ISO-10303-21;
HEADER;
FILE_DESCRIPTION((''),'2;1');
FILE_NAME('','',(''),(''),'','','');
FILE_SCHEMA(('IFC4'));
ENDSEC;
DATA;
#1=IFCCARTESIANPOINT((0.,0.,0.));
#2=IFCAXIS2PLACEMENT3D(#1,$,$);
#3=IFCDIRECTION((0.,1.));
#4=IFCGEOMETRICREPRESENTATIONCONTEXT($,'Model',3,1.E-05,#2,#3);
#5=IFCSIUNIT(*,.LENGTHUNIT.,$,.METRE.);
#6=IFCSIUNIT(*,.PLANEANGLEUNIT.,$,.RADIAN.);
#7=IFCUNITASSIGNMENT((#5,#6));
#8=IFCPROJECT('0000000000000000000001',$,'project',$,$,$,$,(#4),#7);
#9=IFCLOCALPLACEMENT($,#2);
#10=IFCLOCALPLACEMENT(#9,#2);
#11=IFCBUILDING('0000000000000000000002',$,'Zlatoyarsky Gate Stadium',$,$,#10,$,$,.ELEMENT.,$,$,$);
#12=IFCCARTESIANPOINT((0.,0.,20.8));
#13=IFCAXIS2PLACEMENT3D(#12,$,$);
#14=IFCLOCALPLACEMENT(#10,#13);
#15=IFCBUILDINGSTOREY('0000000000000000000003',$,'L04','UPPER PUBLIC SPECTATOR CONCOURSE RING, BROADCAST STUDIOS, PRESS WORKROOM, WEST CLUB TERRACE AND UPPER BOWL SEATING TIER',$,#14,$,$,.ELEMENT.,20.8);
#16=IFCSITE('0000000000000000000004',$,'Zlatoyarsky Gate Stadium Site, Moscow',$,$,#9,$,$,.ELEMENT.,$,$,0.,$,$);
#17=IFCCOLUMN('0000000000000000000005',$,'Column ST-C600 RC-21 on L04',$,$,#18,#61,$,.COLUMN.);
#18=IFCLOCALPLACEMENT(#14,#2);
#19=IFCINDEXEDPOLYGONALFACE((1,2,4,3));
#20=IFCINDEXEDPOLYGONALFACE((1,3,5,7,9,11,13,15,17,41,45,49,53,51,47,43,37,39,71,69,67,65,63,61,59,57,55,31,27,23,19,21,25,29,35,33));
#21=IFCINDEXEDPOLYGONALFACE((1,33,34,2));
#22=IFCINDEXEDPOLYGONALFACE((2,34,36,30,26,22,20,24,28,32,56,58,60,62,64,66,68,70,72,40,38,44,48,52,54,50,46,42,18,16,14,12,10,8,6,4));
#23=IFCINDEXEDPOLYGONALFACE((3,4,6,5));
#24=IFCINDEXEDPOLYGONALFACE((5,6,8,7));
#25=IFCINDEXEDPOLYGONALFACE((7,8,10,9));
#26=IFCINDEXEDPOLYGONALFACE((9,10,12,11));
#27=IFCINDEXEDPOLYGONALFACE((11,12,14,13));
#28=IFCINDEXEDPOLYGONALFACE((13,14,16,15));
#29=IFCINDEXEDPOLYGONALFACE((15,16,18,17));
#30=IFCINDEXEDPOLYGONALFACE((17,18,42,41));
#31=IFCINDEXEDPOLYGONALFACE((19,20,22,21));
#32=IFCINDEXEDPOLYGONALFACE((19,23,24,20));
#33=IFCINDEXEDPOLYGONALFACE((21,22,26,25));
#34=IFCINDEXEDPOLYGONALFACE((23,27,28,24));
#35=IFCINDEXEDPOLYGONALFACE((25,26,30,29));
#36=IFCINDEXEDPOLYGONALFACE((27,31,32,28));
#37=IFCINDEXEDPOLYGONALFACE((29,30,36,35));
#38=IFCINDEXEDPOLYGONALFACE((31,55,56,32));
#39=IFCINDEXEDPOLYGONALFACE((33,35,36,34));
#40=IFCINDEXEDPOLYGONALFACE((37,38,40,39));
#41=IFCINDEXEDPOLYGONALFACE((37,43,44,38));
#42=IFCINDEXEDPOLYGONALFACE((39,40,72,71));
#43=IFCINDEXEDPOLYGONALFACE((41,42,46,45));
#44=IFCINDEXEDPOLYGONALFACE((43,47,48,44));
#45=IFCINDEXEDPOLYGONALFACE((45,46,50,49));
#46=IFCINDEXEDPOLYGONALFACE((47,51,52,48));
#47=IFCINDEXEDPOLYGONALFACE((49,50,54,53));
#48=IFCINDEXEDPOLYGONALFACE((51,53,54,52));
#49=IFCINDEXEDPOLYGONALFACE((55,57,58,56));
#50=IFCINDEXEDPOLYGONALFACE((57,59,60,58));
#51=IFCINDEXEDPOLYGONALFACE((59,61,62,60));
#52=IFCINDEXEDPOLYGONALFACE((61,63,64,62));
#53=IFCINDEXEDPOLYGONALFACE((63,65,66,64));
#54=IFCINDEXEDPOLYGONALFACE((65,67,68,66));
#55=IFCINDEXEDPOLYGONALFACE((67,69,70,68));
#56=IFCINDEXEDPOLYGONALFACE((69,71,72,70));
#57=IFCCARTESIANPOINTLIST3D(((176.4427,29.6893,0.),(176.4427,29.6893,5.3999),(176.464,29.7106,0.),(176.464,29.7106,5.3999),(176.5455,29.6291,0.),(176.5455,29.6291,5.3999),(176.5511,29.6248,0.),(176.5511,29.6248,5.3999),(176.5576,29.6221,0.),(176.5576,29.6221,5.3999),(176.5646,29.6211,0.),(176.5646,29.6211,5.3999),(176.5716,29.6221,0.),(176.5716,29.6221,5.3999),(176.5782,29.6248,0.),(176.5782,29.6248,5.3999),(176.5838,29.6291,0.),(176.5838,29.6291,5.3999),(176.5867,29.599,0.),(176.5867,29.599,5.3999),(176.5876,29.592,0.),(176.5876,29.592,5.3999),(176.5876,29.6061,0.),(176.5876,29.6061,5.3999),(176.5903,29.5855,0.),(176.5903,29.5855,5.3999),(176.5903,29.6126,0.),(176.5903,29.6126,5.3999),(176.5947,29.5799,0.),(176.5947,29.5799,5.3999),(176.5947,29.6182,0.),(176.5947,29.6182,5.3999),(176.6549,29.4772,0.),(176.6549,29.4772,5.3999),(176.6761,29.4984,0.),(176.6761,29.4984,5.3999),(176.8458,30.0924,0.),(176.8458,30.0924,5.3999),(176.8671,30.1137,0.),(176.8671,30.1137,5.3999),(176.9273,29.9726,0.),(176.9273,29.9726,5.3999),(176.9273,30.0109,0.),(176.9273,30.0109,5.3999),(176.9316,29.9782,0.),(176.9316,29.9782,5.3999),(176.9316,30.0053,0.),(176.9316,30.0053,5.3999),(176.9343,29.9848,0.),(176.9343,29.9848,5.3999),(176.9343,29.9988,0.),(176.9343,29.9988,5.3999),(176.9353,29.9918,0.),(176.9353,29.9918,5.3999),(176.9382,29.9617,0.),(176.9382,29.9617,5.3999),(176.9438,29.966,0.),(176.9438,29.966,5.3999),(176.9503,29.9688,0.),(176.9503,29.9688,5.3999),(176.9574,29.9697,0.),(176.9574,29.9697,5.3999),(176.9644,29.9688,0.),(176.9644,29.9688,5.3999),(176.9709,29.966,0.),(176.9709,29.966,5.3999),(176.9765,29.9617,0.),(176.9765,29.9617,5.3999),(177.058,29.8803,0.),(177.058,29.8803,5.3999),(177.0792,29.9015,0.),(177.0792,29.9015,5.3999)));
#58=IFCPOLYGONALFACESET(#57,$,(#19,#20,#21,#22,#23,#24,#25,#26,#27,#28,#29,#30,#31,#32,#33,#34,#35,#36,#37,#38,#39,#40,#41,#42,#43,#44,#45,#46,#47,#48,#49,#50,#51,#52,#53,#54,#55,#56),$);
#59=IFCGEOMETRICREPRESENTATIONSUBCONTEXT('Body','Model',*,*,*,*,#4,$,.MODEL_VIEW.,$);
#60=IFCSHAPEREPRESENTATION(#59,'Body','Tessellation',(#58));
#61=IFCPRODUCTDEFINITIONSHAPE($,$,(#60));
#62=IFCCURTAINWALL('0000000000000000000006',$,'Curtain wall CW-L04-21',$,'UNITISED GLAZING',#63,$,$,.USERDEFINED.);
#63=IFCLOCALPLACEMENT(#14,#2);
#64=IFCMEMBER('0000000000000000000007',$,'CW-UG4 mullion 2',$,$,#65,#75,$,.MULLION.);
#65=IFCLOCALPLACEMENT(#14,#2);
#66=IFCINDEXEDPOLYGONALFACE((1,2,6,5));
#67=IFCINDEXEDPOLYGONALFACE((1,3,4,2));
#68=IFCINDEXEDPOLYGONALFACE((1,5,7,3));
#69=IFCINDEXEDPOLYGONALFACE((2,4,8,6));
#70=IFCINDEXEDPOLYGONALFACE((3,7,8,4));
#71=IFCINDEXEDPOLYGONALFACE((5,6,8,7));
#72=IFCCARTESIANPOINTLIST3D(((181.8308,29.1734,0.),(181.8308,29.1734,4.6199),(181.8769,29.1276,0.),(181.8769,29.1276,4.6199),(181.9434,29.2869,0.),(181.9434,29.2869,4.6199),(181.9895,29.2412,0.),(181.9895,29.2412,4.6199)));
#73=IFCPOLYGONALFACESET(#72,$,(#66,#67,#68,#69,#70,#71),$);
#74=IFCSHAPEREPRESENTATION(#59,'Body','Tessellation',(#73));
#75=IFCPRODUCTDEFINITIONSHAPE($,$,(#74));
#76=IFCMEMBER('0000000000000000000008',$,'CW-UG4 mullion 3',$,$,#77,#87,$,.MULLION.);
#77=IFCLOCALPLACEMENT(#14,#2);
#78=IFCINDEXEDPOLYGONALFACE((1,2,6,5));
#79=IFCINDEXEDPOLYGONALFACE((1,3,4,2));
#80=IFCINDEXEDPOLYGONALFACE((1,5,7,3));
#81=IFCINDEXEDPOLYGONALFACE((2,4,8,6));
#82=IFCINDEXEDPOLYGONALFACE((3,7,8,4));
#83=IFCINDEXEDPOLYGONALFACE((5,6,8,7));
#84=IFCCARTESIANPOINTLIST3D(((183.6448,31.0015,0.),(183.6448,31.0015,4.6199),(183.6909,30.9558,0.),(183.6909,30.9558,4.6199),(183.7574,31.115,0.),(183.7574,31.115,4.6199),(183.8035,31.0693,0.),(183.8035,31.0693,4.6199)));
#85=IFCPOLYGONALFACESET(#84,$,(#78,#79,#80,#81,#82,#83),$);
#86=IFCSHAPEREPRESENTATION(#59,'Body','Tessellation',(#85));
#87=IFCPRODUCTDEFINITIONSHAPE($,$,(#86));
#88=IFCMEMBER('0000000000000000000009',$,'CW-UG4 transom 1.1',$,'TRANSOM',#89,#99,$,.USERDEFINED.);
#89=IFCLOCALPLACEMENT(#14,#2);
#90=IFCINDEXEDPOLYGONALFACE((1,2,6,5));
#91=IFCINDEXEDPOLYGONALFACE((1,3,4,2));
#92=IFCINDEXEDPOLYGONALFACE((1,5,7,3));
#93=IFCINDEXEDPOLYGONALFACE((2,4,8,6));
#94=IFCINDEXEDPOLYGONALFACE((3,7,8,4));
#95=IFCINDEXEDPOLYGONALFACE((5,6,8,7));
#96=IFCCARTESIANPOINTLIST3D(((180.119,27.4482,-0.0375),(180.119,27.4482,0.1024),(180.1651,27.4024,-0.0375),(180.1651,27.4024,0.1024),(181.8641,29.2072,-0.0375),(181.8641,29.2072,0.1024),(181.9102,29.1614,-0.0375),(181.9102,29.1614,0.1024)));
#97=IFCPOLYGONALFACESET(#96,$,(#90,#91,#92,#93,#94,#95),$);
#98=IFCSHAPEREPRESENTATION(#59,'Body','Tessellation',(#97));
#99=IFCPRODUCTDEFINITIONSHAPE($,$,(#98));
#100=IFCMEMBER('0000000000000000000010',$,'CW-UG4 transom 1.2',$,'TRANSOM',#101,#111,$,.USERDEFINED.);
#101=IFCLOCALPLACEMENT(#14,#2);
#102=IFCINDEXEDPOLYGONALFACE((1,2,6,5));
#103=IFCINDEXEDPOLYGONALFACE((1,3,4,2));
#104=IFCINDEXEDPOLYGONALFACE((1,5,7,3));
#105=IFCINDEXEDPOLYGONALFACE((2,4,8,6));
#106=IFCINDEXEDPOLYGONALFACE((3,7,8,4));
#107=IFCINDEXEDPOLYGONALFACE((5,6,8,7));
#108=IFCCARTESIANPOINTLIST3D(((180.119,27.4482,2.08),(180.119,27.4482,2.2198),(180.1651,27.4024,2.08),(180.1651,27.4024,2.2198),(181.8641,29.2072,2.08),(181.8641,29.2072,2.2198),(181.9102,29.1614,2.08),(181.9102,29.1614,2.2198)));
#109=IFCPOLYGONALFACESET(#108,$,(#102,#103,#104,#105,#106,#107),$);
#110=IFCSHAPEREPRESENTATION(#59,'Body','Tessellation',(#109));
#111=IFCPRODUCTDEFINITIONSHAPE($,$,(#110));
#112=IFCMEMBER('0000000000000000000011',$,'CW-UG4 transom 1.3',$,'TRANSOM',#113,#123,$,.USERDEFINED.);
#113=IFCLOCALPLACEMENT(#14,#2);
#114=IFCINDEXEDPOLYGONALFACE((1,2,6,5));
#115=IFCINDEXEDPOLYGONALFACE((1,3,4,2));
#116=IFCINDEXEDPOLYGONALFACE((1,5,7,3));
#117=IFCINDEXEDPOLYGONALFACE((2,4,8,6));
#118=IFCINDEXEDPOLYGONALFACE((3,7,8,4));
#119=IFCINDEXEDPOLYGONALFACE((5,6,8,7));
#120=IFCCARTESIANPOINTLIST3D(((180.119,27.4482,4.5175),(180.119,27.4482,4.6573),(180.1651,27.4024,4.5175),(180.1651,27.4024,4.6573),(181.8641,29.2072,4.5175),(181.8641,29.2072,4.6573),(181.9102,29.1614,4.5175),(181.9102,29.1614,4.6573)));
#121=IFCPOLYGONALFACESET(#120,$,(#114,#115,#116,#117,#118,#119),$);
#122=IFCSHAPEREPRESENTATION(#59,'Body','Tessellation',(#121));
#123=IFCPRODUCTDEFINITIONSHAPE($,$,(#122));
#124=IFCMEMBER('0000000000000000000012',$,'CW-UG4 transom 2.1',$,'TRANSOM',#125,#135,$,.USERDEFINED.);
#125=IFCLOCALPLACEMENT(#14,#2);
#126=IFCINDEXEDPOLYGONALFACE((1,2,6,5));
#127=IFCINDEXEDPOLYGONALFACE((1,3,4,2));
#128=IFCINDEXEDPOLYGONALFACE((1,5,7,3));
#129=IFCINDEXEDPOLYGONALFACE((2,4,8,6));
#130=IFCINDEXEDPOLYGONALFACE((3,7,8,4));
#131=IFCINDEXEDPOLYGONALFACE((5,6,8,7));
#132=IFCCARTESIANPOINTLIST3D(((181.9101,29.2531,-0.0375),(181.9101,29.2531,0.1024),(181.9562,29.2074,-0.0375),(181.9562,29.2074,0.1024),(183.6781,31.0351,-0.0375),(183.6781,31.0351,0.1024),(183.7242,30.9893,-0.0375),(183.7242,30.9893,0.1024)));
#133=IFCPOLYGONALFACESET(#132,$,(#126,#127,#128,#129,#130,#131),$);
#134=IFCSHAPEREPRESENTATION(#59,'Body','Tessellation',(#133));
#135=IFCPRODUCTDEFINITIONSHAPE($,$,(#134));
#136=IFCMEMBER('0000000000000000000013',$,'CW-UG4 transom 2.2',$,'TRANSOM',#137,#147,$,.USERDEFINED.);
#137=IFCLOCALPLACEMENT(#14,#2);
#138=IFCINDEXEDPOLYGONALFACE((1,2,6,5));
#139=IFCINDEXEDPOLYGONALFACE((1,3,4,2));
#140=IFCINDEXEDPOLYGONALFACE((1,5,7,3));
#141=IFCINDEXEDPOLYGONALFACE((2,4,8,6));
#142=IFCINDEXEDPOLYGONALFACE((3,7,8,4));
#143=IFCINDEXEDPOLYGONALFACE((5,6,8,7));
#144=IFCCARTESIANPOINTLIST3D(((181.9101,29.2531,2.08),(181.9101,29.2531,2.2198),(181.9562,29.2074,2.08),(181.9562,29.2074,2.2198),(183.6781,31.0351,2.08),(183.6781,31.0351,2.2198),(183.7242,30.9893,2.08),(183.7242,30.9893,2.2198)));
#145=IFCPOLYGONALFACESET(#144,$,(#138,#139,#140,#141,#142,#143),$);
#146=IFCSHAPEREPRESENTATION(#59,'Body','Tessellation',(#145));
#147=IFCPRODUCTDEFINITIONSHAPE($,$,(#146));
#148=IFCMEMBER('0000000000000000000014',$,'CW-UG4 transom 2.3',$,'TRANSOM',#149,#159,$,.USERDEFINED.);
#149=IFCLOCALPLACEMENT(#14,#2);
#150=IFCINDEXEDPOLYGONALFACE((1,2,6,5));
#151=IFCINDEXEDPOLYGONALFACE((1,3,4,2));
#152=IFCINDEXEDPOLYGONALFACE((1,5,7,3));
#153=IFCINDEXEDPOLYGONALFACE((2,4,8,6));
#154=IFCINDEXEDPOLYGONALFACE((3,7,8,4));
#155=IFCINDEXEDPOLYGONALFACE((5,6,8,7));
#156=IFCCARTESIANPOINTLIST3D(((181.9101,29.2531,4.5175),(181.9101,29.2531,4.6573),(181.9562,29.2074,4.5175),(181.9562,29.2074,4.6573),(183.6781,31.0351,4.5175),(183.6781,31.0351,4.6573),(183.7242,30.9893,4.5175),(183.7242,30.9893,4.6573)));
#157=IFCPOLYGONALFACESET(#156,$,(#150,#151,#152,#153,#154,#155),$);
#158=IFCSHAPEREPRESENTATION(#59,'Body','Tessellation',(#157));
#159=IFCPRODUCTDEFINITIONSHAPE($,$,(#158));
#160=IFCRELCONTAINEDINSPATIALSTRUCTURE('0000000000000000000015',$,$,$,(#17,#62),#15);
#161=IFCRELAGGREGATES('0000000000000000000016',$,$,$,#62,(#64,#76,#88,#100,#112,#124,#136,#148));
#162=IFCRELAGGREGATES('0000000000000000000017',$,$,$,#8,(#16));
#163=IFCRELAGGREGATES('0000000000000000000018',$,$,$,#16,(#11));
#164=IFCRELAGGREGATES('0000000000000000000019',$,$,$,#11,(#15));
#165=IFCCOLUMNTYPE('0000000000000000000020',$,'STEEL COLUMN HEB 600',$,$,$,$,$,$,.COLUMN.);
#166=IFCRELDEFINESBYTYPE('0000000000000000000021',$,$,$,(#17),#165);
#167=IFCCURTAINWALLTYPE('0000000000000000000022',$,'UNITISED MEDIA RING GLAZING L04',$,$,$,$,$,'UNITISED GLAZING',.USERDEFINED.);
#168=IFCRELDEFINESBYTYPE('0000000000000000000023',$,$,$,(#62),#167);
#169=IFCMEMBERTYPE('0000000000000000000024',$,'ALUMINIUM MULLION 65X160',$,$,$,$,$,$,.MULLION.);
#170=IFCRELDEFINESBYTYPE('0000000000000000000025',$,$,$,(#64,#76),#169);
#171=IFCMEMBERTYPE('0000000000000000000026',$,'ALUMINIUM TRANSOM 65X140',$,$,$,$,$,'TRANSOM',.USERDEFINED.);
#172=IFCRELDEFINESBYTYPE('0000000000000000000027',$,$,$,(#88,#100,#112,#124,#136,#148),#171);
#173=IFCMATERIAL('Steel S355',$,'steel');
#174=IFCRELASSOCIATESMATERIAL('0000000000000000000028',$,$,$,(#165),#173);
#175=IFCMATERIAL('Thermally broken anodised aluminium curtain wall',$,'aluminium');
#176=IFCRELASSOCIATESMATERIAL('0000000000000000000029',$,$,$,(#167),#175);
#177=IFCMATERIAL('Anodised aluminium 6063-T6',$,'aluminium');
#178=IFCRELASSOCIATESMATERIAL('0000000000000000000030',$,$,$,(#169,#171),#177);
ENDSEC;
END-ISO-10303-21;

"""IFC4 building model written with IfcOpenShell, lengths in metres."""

from ifc_helpers import new_model, si_unit, direction, frame, origin, origin_2d, place, context, subcontext, project, spatial, rectangle, i_section, extrude, material, material_profile, profile_set, type_object, element, aggregate, save


model = new_model("IFC4")

# Units and contexts
model_context = context("Model", 3, precision=1e-05, world=origin(), true_north=direction((0.0, 1.0)))
body_context = subcontext(model_context, "Body", "Model", "MODEL_VIEW")
ifc_project = project(units=[si_unit("LENGTHUNIT", "METRE"), si_unit("PLANEANGLEUNIT", "RADIAN")], contexts=[model_context])

# Site, building, storey
site_placement = place(None, origin())
site = spatial("IfcSite", under=ifc_project, at=site_placement, Name="Zlatoyarsky Gate Stadium Site, Moscow", CompositionType="ELEMENT", RefElevation=0.0)
building_placement = place(site_placement, origin())
building = spatial("IfcBuilding", under=site, at=building_placement, Name="Zlatoyarsky Gate Stadium", CompositionType="ELEMENT")
storey_placement = place(building_placement, frame((0.0, 0.0, 20.8)))
storey = spatial("IfcBuildingStorey", under=building, at=storey_placement, Name="L04", Description="UPPER PUBLIC SPECTATOR CONCOURSE RING, BROADCAST STUDIOS, PRESS WORKROOM, WEST CLUB TERRACE AND UPPER BOWL SEATING TIER", CompositionType="ELEMENT", Elevation=20.8)

# Column
ifc_material_1 = material(Name="Steel S355", Category="steel")
ifc_material_profile_1 = material_profile(ifc_material_1, i_section(OverallWidth=0.3, OverallDepth=0.6001, WebThickness=0.0154, FlangeThickness=0.03, FilletRadius=0.0271, at=origin_2d()), Name="HEB 600")
ifc_profile_set_1 = profile_set([ifc_material_profile_1], Name="Steel S355")
column_type = type_object("IfcColumnType", Name="STEEL COLUMN HEB 600", PredefinedType="COLUMN", material=ifc_profile_set_1)
column_placement = place(storey_placement, frame((176.761, 29.7954, 0.0), z_axis=(0.0, 0.0, 1.0), x_axis=(0.707107, -0.707107, 0.0)))
element("IfcColumn", 1, at=column_placement, inside=storey, type_object=column_type, Name="Column ST-C600 RC-21 on L04", PredefinedType="COLUMN", context=body_context, shape_type="SweptSolid", body=[
    extrude(i_section(OverallWidth=0.3, OverallDepth=0.6001, WebThickness=0.0154, FlangeThickness=0.03, FilletRadius=0.0271, at=origin_2d()), origin(), (0.0, 0.0, 1.0), 5.3999),
])

# Curtain wall, members
ifc_material_2 = material(Name="Thermally broken anodised aluminium curtain wall", Category="aluminium")
curtain_wall_type = type_object("IfcCurtainWallType", Name="UNITISED MEDIA RING GLAZING L04", ElementType="UNITISED GLAZING", PredefinedType="USERDEFINED", material=ifc_material_2)
curtain_wall_placement = place(storey_placement, origin())
curtain_wall = element("IfcCurtainWall", 2, at=curtain_wall_placement, inside=storey, type_object=curtain_wall_type, Name="Curtain wall CW-L04-21", ObjectType="UNITISED GLAZING", PredefinedType="USERDEFINED")
ifc_material_3 = material(Name="Anodised aluminium 6063-T6", Category="aluminium")
ifc_material_profile_2 = material_profile(ifc_material_3, rectangle(XDim=0.0649, YDim=0.1599, at=origin_2d()), Name="ALU 65X160")
ifc_profile_set_2 = profile_set([ifc_material_profile_2], Name="Anodised aluminium 6063-T6")
member_type_1 = type_object("IfcMemberType", Name="ALUMINIUM MULLION 65X160", PredefinedType="MULLION", material=ifc_profile_set_2)
member_1_placement = place(storey_placement, frame((181.9102, 29.2073, 0.0), z_axis=(0.0, 0.0, 1.0), x_axis=(-0.709871, 0.704332, 0.0)))
member_1 = element("IfcMember", 3, at=member_1_placement, type_object=member_type_1, Name="CW-UG4 mullion 2", PredefinedType="MULLION", context=body_context, shape_type="SweptSolid", body=[
    extrude(rectangle(XDim=0.0649, YDim=0.1599, at=origin_2d()), origin(), (0.0, 0.0, 1.0), 4.6199),
])
member_2_placement = place(storey_placement, frame((183.7241, 31.0354, 0.0), z_axis=(0.0, 0.0, 1.0), x_axis=(-0.709871, 0.704332, 0.0)))
member_2 = element("IfcMember", 4, at=member_2_placement, type_object=member_type_1, Name="CW-UG4 mullion 3", PredefinedType="MULLION", context=body_context, shape_type="SweptSolid", body=[
    extrude(rectangle(XDim=0.0649, YDim=0.1599, at=origin_2d()), origin(), (0.0, 0.0, 1.0), 4.6199),
])
ifc_material_profile_3 = material_profile(ifc_material_3, rectangle(XDim=0.0649, YDim=0.1399, at=origin_2d()), Name="ALU 65X140")
ifc_profile_set_3 = profile_set([ifc_material_profile_3], Name="Anodised aluminium 6063-T6")
member_type_2 = type_object("IfcMemberType", Name="ALUMINIUM TRANSOM 65X140", ElementType="TRANSOM", PredefinedType="USERDEFINED", material=ifc_profile_set_3)
member_3_placement = place(storey_placement, frame((180.1421, 27.4253, 0.0325), z_axis=(0.704293, 0.709909, 0.0), x_axis=(-0.709909, 0.704293, 0.0)))
member_3 = element("IfcMember", 5, at=member_3_placement, type_object=member_type_2, Name="CW-UG4 transom 1.1", ObjectType="TRANSOM", PredefinedType="USERDEFINED", context=body_context, shape_type="SweptSolid", body=[
    extrude(rectangle(XDim=0.0649, YDim=0.1399, at=origin_2d()), origin(), (0.0, 0.0, 1.0), 2.4778),
])
member_4_placement = place(storey_placement, frame((180.1421, 27.4253, 2.1499), z_axis=(0.704293, 0.709909, 0.0), x_axis=(-0.709909, 0.704293, 0.0)))
member_4 = element("IfcMember", 6, at=member_4_placement, type_object=member_type_2, Name="CW-UG4 transom 1.2", ObjectType="TRANSOM", PredefinedType="USERDEFINED", context=body_context, shape_type="SweptSolid", body=[
    extrude(rectangle(XDim=0.0649, YDim=0.1399, at=origin_2d()), origin(), (0.0, 0.0, 1.0), 2.4778),
])
member_5_placement = place(storey_placement, frame((180.1421, 27.4253, 4.5874), z_axis=(0.704293, 0.709909, 0.0), x_axis=(-0.709909, 0.704293, 0.0)))
member_5 = element("IfcMember", 7, at=member_5_placement, type_object=member_type_2, Name="CW-UG4 transom 1.3", ObjectType="TRANSOM", PredefinedType="USERDEFINED", context=body_context, shape_type="SweptSolid", body=[
    extrude(rectangle(XDim=0.0649, YDim=0.1399, at=origin_2d()), origin(), (0.0, 0.0, 1.0), 2.4778),
])
member_6_placement = place(storey_placement, frame((181.9331, 29.2302, 0.0325), z_axis=(0.70433, 0.709873, 0.0), x_axis=(-0.709873, 0.70433, 0.0)))
member_6 = element("IfcMember", 8, at=member_6_placement, type_object=member_type_2, Name="CW-UG4 transom 2.1", ObjectType="TRANSOM", PredefinedType="USERDEFINED", context=body_context, shape_type="SweptSolid", body=[
    extrude(rectangle(XDim=0.0649, YDim=0.1399, at=origin_2d()), origin(), (0.0, 0.0, 1.0), 2.5103),
])
member_7_placement = place(storey_placement, frame((181.9331, 29.2302, 2.1499), z_axis=(0.70433, 0.709873, 0.0), x_axis=(-0.709873, 0.70433, 0.0)))
member_7 = element("IfcMember", 9, at=member_7_placement, type_object=member_type_2, Name="CW-UG4 transom 2.2", ObjectType="TRANSOM", PredefinedType="USERDEFINED", context=body_context, shape_type="SweptSolid", body=[
    extrude(rectangle(XDim=0.0649, YDim=0.1399, at=origin_2d()), origin(), (0.0, 0.0, 1.0), 2.5103),
])
member_8_placement = place(storey_placement, frame((181.9331, 29.2302, 4.5874), z_axis=(0.70433, 0.709873, 0.0), x_axis=(-0.709873, 0.70433, 0.0)))
member_8 = element("IfcMember", 10, at=member_8_placement, type_object=member_type_2, Name="CW-UG4 transom 2.3", ObjectType="TRANSOM", PredefinedType="USERDEFINED", context=body_context, shape_type="SweptSolid", body=[
    extrude(rectangle(XDim=0.0649, YDim=0.1399, at=origin_2d()), origin(), (0.0, 0.0, 1.0), 2.5103),
])

aggregate(curtain_wall, [member_1, member_2, member_3, member_4, member_5, member_6, member_7, member_8])

save(model, "model.ifc")
